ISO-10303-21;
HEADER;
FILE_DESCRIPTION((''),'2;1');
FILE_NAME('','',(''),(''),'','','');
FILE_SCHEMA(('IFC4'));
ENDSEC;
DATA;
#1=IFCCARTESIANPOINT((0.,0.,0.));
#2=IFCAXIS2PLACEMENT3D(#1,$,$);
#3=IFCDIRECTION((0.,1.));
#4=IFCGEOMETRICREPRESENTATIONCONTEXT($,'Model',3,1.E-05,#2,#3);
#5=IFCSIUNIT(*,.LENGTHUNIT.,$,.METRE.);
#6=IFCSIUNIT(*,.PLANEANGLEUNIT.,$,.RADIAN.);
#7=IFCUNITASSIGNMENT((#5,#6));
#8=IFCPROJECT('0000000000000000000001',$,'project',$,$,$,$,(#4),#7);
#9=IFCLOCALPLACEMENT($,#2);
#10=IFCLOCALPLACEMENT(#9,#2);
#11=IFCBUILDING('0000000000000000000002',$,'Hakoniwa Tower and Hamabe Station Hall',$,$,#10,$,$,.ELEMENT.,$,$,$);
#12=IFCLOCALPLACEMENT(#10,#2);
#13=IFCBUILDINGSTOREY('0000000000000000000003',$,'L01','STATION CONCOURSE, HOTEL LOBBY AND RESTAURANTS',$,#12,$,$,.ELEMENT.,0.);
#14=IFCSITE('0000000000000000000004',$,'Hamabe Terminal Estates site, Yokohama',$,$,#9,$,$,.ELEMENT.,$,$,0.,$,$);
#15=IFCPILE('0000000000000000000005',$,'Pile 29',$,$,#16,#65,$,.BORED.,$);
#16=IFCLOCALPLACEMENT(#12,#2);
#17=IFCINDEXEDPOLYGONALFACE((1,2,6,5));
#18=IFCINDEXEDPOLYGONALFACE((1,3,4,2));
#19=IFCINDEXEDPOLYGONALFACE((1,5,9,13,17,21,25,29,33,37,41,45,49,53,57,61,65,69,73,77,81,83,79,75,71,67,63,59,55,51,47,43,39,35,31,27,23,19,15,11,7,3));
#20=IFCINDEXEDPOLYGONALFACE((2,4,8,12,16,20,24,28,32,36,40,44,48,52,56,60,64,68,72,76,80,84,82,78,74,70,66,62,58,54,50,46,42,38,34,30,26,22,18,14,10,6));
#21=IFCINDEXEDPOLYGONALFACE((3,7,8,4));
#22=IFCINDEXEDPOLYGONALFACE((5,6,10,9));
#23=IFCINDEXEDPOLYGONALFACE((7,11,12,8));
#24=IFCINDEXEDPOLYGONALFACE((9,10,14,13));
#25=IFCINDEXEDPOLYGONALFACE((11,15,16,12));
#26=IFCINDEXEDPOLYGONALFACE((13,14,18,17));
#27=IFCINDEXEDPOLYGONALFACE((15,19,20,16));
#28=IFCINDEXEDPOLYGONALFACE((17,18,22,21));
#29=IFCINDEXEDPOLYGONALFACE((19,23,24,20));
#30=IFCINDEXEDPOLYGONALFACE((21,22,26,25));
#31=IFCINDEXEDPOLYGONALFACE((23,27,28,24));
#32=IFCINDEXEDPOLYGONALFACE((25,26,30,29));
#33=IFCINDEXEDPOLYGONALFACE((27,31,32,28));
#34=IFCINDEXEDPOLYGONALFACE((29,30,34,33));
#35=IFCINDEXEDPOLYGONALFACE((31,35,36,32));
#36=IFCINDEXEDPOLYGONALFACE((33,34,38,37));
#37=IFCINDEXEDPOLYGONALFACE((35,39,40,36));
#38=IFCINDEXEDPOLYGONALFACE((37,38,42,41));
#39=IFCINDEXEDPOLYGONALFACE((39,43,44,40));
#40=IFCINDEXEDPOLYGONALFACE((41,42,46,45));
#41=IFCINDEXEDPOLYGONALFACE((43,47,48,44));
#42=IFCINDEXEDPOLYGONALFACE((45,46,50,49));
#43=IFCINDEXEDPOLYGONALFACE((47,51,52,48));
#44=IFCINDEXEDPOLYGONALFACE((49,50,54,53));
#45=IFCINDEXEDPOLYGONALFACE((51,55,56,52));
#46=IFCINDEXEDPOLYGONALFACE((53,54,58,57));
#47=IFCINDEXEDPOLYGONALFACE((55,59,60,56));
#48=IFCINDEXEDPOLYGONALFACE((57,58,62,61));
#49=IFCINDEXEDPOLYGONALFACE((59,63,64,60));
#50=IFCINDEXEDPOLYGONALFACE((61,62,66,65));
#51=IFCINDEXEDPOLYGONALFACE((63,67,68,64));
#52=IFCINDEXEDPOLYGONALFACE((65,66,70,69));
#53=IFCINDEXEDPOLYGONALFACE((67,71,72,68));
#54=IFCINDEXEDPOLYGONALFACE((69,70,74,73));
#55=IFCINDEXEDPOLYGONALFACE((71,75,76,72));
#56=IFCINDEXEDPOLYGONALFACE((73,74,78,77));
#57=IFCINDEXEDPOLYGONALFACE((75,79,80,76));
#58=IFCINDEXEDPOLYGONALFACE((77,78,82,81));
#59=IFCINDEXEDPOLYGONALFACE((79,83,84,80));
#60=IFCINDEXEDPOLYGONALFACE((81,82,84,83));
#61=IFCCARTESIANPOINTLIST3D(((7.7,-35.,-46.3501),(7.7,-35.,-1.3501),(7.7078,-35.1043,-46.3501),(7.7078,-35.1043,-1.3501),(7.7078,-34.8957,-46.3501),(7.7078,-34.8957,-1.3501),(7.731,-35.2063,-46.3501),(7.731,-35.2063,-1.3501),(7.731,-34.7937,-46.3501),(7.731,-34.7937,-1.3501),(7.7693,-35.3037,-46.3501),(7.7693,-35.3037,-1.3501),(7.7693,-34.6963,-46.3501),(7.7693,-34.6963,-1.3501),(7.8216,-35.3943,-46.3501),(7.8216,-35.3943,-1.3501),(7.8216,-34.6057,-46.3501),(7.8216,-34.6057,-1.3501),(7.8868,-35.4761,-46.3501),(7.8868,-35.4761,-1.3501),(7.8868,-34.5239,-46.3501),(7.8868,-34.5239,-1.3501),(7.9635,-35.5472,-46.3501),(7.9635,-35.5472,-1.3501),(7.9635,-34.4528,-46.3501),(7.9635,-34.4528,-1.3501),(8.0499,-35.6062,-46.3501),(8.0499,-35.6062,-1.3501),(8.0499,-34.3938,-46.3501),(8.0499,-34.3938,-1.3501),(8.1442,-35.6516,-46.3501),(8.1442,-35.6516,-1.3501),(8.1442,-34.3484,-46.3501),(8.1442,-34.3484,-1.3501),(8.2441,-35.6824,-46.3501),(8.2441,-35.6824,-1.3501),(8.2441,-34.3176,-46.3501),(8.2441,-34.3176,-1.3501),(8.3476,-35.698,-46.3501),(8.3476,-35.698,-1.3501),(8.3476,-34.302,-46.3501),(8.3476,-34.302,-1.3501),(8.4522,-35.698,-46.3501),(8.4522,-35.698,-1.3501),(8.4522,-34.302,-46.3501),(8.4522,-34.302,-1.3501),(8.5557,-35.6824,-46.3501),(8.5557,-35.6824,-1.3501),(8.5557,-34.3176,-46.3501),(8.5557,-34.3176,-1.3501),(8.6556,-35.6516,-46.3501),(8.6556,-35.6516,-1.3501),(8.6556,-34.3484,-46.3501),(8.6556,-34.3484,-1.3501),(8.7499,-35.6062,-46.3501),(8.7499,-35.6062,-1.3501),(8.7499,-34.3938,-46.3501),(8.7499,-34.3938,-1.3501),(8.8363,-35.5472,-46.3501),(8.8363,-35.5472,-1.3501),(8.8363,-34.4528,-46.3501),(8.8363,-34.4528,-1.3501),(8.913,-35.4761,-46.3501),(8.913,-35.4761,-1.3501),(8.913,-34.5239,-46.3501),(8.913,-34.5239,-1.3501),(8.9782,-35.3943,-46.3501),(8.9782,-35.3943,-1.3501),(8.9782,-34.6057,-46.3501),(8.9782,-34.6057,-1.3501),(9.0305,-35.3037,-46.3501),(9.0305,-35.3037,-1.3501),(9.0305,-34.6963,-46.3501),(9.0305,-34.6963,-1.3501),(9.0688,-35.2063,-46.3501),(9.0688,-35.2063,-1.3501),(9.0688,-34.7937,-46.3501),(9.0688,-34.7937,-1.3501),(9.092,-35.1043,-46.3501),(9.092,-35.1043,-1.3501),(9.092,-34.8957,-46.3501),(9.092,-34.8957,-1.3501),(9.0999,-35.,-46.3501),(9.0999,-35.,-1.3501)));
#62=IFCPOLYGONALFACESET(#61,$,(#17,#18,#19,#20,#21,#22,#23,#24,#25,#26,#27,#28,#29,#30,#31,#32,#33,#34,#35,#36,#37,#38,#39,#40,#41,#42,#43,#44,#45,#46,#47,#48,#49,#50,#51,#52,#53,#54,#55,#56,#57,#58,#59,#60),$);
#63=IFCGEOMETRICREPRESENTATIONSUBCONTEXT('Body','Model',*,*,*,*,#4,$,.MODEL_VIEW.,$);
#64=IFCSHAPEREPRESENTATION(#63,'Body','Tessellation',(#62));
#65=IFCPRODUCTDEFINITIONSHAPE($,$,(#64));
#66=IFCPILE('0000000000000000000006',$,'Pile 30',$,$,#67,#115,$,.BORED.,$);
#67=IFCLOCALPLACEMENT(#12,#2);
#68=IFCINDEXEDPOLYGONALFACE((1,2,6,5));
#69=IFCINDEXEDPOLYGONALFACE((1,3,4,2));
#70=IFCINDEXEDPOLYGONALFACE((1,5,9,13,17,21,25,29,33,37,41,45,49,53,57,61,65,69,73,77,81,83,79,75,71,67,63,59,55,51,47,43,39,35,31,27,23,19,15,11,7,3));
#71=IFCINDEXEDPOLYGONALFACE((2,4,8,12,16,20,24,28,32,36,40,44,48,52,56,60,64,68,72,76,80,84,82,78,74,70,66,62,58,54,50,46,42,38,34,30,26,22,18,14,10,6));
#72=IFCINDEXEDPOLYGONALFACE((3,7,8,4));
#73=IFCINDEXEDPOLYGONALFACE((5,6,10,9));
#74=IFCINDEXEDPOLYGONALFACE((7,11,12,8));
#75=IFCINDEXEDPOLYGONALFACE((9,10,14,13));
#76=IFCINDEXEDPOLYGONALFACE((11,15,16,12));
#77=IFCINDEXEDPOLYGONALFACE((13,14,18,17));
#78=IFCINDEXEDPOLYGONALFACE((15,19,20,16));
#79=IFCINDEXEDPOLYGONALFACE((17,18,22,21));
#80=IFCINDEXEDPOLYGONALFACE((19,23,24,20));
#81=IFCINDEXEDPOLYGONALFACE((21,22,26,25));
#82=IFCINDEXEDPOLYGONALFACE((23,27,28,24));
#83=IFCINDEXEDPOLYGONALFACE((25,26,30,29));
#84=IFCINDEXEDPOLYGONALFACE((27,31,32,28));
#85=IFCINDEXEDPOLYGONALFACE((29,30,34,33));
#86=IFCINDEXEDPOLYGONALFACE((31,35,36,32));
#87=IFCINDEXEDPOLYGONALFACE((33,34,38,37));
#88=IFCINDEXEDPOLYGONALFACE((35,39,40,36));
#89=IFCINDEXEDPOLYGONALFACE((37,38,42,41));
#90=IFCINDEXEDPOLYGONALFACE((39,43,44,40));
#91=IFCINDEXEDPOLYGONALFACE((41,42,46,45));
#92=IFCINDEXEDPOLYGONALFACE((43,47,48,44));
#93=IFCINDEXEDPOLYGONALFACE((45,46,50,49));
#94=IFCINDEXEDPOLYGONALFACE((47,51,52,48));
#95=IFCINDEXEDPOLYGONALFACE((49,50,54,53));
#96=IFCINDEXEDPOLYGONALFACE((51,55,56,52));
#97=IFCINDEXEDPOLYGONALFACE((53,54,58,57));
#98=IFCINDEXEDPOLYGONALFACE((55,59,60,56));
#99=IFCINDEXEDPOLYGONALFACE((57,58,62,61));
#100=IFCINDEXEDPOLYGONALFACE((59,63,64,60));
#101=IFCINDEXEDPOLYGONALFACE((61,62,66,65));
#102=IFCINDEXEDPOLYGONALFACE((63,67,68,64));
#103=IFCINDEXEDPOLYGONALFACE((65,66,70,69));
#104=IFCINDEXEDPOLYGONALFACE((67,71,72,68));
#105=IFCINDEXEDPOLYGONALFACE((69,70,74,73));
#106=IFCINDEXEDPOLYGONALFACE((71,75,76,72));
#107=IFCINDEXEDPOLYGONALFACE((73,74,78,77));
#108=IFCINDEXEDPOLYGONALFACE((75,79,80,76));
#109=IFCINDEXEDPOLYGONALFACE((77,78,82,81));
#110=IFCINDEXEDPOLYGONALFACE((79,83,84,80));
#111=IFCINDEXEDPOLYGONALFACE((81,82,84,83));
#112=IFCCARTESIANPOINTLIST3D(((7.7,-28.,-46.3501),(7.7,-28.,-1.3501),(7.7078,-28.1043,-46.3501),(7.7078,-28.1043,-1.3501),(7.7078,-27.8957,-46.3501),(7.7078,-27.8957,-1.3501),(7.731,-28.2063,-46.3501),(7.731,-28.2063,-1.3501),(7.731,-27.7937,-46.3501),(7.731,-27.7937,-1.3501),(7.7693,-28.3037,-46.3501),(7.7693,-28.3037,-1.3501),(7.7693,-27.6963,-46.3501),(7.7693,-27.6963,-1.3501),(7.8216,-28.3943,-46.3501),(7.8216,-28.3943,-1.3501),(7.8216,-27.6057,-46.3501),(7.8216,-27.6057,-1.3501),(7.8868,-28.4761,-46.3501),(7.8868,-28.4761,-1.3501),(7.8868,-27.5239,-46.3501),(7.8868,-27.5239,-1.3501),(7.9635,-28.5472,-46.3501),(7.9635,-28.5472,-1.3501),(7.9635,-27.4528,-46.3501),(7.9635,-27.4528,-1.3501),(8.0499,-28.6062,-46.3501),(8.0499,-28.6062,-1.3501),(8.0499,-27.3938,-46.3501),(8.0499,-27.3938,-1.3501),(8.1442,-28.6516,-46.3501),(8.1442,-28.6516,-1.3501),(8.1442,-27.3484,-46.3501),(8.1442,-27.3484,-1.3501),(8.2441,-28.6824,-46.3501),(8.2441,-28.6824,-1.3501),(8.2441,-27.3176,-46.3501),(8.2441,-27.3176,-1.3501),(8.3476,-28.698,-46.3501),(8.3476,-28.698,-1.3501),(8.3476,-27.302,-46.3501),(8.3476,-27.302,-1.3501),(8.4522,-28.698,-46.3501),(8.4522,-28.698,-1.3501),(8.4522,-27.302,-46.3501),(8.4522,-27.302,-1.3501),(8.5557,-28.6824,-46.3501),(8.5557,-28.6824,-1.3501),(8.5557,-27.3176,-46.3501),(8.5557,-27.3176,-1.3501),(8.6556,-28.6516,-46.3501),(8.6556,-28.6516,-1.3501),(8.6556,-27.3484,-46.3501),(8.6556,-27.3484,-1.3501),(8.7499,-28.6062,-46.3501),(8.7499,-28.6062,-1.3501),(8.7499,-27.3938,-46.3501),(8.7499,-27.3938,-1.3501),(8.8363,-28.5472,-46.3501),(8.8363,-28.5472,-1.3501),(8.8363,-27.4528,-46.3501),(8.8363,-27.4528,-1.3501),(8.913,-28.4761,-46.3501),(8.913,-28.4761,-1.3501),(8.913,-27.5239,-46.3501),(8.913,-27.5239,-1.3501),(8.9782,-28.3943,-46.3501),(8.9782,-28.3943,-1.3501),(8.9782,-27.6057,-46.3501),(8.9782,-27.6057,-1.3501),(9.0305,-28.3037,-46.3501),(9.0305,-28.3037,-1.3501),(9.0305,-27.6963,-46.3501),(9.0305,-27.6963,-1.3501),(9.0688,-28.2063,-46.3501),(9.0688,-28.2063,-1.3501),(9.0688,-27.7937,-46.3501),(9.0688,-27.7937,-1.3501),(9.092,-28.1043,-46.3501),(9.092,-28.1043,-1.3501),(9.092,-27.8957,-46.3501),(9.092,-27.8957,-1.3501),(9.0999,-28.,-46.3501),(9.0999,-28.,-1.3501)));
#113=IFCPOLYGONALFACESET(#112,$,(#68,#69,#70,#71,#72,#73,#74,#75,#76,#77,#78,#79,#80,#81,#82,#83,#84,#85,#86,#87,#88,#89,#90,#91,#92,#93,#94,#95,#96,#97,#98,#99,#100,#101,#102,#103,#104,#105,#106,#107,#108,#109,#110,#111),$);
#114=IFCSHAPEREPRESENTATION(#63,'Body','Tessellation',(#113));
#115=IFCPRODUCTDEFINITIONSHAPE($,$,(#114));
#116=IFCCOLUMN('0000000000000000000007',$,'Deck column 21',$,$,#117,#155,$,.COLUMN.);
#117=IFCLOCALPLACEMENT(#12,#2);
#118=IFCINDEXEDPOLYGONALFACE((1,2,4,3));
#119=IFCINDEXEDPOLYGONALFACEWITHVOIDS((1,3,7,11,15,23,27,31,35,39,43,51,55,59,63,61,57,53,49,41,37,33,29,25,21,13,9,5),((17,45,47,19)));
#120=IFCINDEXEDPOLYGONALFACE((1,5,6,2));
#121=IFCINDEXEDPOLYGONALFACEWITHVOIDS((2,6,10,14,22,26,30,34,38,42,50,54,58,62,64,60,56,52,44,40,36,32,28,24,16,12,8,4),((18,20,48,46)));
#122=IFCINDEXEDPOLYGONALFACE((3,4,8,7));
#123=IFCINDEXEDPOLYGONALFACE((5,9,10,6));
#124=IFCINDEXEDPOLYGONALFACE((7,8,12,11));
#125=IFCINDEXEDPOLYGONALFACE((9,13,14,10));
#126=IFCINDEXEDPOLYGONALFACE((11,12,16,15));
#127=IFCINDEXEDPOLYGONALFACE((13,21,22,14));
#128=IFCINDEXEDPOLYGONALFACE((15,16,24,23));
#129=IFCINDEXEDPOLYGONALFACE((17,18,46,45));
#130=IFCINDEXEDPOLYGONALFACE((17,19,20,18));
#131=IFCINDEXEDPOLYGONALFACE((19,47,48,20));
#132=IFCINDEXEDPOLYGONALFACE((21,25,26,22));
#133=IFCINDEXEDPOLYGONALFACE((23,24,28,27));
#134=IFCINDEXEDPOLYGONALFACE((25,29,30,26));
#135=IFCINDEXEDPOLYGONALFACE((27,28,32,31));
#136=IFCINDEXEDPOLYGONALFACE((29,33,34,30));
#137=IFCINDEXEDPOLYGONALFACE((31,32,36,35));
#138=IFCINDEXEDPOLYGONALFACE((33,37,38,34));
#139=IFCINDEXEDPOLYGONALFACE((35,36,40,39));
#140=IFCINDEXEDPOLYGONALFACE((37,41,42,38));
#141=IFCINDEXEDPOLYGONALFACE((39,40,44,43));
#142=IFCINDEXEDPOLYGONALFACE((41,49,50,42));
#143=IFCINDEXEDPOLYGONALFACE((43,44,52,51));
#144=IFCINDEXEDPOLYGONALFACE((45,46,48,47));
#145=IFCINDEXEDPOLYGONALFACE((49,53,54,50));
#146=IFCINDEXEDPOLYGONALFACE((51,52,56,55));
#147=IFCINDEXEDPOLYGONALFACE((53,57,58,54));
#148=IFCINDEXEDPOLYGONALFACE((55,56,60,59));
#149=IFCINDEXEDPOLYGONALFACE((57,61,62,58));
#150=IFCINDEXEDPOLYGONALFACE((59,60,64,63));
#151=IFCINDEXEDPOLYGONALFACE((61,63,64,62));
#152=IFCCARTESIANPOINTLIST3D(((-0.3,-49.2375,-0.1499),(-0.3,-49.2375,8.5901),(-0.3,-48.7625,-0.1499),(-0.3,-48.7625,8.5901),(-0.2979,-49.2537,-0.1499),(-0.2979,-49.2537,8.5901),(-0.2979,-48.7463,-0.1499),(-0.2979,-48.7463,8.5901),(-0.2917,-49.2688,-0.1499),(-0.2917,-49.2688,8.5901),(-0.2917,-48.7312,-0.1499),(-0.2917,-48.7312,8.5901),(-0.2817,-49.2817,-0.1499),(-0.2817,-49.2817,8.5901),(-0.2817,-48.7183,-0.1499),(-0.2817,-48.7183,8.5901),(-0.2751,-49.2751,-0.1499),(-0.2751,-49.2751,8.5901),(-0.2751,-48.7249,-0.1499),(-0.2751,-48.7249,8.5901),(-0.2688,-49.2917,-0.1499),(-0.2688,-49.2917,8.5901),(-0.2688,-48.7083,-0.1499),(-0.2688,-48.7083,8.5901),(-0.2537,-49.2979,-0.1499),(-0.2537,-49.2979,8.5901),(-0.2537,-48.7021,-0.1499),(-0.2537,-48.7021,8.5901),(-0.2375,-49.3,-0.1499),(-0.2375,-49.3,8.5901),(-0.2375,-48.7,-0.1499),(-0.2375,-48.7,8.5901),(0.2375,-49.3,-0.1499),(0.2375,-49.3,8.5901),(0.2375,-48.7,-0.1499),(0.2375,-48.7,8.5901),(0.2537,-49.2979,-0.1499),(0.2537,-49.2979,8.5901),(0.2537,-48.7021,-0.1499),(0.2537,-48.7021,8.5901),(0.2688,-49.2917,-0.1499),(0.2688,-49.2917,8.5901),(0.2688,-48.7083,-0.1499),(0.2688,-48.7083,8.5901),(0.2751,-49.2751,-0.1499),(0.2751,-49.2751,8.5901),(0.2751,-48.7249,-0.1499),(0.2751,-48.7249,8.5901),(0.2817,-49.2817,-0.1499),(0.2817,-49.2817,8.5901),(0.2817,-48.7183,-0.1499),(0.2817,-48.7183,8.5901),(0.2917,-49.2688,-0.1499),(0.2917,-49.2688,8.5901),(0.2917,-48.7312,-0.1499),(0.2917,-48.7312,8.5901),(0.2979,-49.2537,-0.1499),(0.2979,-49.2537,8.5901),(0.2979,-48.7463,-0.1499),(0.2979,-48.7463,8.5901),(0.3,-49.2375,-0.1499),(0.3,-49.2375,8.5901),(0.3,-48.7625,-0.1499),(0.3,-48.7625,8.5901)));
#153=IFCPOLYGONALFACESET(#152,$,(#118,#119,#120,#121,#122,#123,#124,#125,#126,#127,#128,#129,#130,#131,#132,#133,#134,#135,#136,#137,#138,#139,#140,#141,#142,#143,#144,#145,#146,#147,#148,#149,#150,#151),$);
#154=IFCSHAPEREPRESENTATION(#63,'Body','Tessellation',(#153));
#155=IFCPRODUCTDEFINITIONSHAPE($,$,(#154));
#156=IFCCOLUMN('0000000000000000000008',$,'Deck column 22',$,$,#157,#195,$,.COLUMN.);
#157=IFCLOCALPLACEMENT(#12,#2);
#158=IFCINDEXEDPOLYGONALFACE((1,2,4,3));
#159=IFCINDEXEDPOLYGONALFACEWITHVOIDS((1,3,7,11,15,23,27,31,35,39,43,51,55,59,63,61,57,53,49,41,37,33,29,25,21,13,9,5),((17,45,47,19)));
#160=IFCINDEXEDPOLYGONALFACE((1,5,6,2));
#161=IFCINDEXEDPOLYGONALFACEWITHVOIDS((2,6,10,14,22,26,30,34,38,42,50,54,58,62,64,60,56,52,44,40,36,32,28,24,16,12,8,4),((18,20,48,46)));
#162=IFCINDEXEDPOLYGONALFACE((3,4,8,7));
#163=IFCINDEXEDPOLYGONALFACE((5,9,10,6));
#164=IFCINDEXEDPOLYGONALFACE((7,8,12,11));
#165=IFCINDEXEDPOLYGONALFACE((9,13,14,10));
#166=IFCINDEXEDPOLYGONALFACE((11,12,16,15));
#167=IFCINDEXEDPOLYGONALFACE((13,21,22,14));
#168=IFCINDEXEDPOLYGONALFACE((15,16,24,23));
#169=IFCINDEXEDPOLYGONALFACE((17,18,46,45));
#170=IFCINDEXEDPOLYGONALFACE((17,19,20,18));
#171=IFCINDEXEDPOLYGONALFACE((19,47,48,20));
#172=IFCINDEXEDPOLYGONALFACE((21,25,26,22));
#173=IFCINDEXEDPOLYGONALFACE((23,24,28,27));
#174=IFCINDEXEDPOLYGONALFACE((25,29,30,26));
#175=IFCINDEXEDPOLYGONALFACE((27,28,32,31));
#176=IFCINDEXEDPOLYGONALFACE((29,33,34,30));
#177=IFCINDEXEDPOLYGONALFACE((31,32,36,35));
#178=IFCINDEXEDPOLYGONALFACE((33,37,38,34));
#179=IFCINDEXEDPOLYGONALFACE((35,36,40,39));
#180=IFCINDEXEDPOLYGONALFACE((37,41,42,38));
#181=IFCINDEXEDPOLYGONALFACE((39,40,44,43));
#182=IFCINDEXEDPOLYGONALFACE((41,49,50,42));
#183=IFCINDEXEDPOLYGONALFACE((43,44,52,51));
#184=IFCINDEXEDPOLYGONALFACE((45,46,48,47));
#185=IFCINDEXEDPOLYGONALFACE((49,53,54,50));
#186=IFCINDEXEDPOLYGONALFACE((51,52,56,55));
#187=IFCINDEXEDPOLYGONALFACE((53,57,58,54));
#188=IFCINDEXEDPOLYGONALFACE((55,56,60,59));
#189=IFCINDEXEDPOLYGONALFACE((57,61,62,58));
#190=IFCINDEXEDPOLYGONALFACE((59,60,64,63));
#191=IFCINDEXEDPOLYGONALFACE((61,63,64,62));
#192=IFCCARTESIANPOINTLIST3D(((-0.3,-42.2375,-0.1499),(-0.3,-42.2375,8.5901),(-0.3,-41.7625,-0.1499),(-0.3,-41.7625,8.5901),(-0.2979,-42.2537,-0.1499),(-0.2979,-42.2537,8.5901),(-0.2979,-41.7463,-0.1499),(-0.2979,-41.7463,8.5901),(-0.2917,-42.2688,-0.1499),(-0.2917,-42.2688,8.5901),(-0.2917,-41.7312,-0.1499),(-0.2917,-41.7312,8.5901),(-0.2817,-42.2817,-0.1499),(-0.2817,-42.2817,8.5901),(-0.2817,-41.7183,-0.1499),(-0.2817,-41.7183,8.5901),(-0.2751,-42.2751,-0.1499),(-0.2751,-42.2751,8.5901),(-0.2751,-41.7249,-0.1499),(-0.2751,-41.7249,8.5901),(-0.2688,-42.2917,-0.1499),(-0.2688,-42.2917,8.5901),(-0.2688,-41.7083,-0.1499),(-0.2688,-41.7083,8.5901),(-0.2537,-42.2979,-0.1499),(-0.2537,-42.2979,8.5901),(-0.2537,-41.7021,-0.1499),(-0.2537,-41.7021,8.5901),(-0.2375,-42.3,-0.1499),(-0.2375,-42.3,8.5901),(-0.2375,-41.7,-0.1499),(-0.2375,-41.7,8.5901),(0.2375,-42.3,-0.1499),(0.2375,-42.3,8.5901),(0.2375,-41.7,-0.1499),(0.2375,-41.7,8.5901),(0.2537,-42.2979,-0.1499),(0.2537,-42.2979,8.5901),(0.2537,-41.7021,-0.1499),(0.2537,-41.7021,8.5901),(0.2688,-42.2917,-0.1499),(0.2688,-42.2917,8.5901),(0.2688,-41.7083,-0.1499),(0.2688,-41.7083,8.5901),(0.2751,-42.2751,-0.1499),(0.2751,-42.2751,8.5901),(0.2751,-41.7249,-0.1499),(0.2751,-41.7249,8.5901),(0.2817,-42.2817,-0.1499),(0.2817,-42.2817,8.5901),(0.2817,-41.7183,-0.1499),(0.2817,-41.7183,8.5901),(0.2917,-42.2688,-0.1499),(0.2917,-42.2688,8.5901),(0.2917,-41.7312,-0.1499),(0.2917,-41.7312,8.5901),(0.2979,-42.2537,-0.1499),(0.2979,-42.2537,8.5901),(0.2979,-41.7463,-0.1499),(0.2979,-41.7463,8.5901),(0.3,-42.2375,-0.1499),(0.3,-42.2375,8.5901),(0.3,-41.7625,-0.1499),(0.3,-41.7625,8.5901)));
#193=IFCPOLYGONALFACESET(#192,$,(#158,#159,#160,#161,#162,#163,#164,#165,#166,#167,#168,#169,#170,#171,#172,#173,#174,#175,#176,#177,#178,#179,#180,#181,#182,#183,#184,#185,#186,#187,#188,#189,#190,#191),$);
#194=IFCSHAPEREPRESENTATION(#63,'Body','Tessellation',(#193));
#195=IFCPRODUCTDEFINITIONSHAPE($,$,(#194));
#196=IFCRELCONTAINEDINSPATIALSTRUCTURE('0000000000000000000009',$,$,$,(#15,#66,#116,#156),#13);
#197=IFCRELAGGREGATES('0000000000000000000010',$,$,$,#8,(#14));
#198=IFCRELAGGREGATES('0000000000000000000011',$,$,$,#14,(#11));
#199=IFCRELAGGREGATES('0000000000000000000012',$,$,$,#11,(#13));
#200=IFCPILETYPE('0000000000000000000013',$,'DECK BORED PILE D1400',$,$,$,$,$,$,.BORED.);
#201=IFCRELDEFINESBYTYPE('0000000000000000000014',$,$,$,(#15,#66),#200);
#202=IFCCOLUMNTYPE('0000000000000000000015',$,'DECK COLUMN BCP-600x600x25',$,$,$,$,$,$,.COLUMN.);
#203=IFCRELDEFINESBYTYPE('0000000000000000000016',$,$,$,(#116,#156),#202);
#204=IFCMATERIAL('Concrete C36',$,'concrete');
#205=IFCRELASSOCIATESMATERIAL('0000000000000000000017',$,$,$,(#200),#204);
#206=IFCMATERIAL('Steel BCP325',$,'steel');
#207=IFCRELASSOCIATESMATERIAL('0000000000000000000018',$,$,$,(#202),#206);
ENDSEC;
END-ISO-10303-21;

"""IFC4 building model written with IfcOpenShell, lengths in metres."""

from ifc_helpers import new_model, si_unit, direction, frame, origin, origin_2d, place, context, subcontext, project, spatial, hollow_rectangle, circle, extrude, material, material_profile, profile_set, type_object, element, save


model = new_model("IFC4")

# Units and contexts
model_context = context("Model", 3, precision=1e-05, world=origin(), true_north=direction((0.0, 1.0)))
body_context = subcontext(model_context, "Body", "Model", "MODEL_VIEW")
ifc_project = project(units=[si_unit("LENGTHUNIT", "METRE"), si_unit("PLANEANGLEUNIT", "RADIAN")], contexts=[model_context])

# Site, building, storey
site_placement = place(None, origin())
site = spatial("IfcSite", under=ifc_project, at=site_placement, Name="Hamabe Terminal Estates site, Yokohama", CompositionType="ELEMENT", RefElevation=0.0)
building_placement = place(site_placement, origin())
building = spatial("IfcBuilding", under=site, at=building_placement, Name="Hakoniwa Tower and Hamabe Station Hall", CompositionType="ELEMENT")
storey_placement = place(building_placement, origin())
storey = spatial("IfcBuildingStorey", under=building, at=storey_placement, Name="L01", Description="STATION CONCOURSE, HOTEL LOBBY AND RESTAURANTS", CompositionType="ELEMENT", Elevation=0.0)

# Piles
ifc_material_1 = material(Name="Concrete C36", Category="concrete")
ifc_material_profile_1 = material_profile(ifc_material_1, circle(Radius=0.7, at=origin_2d()), Name="DECK BORED PILE D1400")
ifc_profile_set_1 = profile_set([ifc_material_profile_1], Name="Concrete C36")
pile_type = type_object("IfcPileType", Name="DECK BORED PILE D1400", PredefinedType="BORED", material=ifc_profile_set_1)
for number, where, z_axis, x_axis, name in (
    (1, (8.3999, -35.0, -1.3501), (0.0, 0.0, -1.0), (1.0, 0.0, 0.0), "Pile 29"),
    (2, (8.3999, -28.0, -1.3501), (0.0, 0.0, -1.0), (1.0, 0.0, 0.0), "Pile 30"),
):
    element("IfcPile", number, at=place(storey_placement, frame(where, z_axis=z_axis, x_axis=x_axis)), inside=storey, type_object=pile_type, Name=name, PredefinedType="BORED", context=body_context, shape_type="SweptSolid", body=[
        extrude(circle(Radius=0.7, at=origin_2d()), origin(), (0.0, 0.0, 1.0), 45.0),
    ])

# Columns
ifc_material_2 = material(Name="Steel BCP325", Category="steel")
ifc_material_profile_2 = material_profile(ifc_material_2, hollow_rectangle(XDim=0.6001, YDim=0.6001, WallThickness=0.0249, OuterFilletRadius=0.0625, at=origin_2d()), Name="DECK COLUMN BCP-600x600x25")
ifc_profile_set_2 = profile_set([ifc_material_profile_2], Name="Steel BCP325")
column_type = type_object("IfcColumnType", Name="DECK COLUMN BCP-600x600x25", PredefinedType="COLUMN", material=ifc_profile_set_2)
for number, where, z_axis, x_axis, name in (
    (3, (0.0, -49.0, -0.1499), (0.0, 0.0, 1.0), (1.0, 0.0, 0.0), "Deck column 21"),
    (4, (0.0, -42.0, -0.1499), (0.0, 0.0, 1.0), (1.0, 0.0, 0.0), "Deck column 22"),
):
    element("IfcColumn", number, at=place(storey_placement, frame(where, z_axis=z_axis, x_axis=x_axis)), inside=storey, type_object=column_type, Name=name, PredefinedType="COLUMN", context=body_context, shape_type="SweptSolid", body=[
        extrude(hollow_rectangle(XDim=0.6001, YDim=0.6001, WallThickness=0.0249, OuterFilletRadius=0.0625, at=origin_2d()), origin(), (0.0, 0.0, 1.0), 8.74),
    ])

save(model, "model.ifc")
